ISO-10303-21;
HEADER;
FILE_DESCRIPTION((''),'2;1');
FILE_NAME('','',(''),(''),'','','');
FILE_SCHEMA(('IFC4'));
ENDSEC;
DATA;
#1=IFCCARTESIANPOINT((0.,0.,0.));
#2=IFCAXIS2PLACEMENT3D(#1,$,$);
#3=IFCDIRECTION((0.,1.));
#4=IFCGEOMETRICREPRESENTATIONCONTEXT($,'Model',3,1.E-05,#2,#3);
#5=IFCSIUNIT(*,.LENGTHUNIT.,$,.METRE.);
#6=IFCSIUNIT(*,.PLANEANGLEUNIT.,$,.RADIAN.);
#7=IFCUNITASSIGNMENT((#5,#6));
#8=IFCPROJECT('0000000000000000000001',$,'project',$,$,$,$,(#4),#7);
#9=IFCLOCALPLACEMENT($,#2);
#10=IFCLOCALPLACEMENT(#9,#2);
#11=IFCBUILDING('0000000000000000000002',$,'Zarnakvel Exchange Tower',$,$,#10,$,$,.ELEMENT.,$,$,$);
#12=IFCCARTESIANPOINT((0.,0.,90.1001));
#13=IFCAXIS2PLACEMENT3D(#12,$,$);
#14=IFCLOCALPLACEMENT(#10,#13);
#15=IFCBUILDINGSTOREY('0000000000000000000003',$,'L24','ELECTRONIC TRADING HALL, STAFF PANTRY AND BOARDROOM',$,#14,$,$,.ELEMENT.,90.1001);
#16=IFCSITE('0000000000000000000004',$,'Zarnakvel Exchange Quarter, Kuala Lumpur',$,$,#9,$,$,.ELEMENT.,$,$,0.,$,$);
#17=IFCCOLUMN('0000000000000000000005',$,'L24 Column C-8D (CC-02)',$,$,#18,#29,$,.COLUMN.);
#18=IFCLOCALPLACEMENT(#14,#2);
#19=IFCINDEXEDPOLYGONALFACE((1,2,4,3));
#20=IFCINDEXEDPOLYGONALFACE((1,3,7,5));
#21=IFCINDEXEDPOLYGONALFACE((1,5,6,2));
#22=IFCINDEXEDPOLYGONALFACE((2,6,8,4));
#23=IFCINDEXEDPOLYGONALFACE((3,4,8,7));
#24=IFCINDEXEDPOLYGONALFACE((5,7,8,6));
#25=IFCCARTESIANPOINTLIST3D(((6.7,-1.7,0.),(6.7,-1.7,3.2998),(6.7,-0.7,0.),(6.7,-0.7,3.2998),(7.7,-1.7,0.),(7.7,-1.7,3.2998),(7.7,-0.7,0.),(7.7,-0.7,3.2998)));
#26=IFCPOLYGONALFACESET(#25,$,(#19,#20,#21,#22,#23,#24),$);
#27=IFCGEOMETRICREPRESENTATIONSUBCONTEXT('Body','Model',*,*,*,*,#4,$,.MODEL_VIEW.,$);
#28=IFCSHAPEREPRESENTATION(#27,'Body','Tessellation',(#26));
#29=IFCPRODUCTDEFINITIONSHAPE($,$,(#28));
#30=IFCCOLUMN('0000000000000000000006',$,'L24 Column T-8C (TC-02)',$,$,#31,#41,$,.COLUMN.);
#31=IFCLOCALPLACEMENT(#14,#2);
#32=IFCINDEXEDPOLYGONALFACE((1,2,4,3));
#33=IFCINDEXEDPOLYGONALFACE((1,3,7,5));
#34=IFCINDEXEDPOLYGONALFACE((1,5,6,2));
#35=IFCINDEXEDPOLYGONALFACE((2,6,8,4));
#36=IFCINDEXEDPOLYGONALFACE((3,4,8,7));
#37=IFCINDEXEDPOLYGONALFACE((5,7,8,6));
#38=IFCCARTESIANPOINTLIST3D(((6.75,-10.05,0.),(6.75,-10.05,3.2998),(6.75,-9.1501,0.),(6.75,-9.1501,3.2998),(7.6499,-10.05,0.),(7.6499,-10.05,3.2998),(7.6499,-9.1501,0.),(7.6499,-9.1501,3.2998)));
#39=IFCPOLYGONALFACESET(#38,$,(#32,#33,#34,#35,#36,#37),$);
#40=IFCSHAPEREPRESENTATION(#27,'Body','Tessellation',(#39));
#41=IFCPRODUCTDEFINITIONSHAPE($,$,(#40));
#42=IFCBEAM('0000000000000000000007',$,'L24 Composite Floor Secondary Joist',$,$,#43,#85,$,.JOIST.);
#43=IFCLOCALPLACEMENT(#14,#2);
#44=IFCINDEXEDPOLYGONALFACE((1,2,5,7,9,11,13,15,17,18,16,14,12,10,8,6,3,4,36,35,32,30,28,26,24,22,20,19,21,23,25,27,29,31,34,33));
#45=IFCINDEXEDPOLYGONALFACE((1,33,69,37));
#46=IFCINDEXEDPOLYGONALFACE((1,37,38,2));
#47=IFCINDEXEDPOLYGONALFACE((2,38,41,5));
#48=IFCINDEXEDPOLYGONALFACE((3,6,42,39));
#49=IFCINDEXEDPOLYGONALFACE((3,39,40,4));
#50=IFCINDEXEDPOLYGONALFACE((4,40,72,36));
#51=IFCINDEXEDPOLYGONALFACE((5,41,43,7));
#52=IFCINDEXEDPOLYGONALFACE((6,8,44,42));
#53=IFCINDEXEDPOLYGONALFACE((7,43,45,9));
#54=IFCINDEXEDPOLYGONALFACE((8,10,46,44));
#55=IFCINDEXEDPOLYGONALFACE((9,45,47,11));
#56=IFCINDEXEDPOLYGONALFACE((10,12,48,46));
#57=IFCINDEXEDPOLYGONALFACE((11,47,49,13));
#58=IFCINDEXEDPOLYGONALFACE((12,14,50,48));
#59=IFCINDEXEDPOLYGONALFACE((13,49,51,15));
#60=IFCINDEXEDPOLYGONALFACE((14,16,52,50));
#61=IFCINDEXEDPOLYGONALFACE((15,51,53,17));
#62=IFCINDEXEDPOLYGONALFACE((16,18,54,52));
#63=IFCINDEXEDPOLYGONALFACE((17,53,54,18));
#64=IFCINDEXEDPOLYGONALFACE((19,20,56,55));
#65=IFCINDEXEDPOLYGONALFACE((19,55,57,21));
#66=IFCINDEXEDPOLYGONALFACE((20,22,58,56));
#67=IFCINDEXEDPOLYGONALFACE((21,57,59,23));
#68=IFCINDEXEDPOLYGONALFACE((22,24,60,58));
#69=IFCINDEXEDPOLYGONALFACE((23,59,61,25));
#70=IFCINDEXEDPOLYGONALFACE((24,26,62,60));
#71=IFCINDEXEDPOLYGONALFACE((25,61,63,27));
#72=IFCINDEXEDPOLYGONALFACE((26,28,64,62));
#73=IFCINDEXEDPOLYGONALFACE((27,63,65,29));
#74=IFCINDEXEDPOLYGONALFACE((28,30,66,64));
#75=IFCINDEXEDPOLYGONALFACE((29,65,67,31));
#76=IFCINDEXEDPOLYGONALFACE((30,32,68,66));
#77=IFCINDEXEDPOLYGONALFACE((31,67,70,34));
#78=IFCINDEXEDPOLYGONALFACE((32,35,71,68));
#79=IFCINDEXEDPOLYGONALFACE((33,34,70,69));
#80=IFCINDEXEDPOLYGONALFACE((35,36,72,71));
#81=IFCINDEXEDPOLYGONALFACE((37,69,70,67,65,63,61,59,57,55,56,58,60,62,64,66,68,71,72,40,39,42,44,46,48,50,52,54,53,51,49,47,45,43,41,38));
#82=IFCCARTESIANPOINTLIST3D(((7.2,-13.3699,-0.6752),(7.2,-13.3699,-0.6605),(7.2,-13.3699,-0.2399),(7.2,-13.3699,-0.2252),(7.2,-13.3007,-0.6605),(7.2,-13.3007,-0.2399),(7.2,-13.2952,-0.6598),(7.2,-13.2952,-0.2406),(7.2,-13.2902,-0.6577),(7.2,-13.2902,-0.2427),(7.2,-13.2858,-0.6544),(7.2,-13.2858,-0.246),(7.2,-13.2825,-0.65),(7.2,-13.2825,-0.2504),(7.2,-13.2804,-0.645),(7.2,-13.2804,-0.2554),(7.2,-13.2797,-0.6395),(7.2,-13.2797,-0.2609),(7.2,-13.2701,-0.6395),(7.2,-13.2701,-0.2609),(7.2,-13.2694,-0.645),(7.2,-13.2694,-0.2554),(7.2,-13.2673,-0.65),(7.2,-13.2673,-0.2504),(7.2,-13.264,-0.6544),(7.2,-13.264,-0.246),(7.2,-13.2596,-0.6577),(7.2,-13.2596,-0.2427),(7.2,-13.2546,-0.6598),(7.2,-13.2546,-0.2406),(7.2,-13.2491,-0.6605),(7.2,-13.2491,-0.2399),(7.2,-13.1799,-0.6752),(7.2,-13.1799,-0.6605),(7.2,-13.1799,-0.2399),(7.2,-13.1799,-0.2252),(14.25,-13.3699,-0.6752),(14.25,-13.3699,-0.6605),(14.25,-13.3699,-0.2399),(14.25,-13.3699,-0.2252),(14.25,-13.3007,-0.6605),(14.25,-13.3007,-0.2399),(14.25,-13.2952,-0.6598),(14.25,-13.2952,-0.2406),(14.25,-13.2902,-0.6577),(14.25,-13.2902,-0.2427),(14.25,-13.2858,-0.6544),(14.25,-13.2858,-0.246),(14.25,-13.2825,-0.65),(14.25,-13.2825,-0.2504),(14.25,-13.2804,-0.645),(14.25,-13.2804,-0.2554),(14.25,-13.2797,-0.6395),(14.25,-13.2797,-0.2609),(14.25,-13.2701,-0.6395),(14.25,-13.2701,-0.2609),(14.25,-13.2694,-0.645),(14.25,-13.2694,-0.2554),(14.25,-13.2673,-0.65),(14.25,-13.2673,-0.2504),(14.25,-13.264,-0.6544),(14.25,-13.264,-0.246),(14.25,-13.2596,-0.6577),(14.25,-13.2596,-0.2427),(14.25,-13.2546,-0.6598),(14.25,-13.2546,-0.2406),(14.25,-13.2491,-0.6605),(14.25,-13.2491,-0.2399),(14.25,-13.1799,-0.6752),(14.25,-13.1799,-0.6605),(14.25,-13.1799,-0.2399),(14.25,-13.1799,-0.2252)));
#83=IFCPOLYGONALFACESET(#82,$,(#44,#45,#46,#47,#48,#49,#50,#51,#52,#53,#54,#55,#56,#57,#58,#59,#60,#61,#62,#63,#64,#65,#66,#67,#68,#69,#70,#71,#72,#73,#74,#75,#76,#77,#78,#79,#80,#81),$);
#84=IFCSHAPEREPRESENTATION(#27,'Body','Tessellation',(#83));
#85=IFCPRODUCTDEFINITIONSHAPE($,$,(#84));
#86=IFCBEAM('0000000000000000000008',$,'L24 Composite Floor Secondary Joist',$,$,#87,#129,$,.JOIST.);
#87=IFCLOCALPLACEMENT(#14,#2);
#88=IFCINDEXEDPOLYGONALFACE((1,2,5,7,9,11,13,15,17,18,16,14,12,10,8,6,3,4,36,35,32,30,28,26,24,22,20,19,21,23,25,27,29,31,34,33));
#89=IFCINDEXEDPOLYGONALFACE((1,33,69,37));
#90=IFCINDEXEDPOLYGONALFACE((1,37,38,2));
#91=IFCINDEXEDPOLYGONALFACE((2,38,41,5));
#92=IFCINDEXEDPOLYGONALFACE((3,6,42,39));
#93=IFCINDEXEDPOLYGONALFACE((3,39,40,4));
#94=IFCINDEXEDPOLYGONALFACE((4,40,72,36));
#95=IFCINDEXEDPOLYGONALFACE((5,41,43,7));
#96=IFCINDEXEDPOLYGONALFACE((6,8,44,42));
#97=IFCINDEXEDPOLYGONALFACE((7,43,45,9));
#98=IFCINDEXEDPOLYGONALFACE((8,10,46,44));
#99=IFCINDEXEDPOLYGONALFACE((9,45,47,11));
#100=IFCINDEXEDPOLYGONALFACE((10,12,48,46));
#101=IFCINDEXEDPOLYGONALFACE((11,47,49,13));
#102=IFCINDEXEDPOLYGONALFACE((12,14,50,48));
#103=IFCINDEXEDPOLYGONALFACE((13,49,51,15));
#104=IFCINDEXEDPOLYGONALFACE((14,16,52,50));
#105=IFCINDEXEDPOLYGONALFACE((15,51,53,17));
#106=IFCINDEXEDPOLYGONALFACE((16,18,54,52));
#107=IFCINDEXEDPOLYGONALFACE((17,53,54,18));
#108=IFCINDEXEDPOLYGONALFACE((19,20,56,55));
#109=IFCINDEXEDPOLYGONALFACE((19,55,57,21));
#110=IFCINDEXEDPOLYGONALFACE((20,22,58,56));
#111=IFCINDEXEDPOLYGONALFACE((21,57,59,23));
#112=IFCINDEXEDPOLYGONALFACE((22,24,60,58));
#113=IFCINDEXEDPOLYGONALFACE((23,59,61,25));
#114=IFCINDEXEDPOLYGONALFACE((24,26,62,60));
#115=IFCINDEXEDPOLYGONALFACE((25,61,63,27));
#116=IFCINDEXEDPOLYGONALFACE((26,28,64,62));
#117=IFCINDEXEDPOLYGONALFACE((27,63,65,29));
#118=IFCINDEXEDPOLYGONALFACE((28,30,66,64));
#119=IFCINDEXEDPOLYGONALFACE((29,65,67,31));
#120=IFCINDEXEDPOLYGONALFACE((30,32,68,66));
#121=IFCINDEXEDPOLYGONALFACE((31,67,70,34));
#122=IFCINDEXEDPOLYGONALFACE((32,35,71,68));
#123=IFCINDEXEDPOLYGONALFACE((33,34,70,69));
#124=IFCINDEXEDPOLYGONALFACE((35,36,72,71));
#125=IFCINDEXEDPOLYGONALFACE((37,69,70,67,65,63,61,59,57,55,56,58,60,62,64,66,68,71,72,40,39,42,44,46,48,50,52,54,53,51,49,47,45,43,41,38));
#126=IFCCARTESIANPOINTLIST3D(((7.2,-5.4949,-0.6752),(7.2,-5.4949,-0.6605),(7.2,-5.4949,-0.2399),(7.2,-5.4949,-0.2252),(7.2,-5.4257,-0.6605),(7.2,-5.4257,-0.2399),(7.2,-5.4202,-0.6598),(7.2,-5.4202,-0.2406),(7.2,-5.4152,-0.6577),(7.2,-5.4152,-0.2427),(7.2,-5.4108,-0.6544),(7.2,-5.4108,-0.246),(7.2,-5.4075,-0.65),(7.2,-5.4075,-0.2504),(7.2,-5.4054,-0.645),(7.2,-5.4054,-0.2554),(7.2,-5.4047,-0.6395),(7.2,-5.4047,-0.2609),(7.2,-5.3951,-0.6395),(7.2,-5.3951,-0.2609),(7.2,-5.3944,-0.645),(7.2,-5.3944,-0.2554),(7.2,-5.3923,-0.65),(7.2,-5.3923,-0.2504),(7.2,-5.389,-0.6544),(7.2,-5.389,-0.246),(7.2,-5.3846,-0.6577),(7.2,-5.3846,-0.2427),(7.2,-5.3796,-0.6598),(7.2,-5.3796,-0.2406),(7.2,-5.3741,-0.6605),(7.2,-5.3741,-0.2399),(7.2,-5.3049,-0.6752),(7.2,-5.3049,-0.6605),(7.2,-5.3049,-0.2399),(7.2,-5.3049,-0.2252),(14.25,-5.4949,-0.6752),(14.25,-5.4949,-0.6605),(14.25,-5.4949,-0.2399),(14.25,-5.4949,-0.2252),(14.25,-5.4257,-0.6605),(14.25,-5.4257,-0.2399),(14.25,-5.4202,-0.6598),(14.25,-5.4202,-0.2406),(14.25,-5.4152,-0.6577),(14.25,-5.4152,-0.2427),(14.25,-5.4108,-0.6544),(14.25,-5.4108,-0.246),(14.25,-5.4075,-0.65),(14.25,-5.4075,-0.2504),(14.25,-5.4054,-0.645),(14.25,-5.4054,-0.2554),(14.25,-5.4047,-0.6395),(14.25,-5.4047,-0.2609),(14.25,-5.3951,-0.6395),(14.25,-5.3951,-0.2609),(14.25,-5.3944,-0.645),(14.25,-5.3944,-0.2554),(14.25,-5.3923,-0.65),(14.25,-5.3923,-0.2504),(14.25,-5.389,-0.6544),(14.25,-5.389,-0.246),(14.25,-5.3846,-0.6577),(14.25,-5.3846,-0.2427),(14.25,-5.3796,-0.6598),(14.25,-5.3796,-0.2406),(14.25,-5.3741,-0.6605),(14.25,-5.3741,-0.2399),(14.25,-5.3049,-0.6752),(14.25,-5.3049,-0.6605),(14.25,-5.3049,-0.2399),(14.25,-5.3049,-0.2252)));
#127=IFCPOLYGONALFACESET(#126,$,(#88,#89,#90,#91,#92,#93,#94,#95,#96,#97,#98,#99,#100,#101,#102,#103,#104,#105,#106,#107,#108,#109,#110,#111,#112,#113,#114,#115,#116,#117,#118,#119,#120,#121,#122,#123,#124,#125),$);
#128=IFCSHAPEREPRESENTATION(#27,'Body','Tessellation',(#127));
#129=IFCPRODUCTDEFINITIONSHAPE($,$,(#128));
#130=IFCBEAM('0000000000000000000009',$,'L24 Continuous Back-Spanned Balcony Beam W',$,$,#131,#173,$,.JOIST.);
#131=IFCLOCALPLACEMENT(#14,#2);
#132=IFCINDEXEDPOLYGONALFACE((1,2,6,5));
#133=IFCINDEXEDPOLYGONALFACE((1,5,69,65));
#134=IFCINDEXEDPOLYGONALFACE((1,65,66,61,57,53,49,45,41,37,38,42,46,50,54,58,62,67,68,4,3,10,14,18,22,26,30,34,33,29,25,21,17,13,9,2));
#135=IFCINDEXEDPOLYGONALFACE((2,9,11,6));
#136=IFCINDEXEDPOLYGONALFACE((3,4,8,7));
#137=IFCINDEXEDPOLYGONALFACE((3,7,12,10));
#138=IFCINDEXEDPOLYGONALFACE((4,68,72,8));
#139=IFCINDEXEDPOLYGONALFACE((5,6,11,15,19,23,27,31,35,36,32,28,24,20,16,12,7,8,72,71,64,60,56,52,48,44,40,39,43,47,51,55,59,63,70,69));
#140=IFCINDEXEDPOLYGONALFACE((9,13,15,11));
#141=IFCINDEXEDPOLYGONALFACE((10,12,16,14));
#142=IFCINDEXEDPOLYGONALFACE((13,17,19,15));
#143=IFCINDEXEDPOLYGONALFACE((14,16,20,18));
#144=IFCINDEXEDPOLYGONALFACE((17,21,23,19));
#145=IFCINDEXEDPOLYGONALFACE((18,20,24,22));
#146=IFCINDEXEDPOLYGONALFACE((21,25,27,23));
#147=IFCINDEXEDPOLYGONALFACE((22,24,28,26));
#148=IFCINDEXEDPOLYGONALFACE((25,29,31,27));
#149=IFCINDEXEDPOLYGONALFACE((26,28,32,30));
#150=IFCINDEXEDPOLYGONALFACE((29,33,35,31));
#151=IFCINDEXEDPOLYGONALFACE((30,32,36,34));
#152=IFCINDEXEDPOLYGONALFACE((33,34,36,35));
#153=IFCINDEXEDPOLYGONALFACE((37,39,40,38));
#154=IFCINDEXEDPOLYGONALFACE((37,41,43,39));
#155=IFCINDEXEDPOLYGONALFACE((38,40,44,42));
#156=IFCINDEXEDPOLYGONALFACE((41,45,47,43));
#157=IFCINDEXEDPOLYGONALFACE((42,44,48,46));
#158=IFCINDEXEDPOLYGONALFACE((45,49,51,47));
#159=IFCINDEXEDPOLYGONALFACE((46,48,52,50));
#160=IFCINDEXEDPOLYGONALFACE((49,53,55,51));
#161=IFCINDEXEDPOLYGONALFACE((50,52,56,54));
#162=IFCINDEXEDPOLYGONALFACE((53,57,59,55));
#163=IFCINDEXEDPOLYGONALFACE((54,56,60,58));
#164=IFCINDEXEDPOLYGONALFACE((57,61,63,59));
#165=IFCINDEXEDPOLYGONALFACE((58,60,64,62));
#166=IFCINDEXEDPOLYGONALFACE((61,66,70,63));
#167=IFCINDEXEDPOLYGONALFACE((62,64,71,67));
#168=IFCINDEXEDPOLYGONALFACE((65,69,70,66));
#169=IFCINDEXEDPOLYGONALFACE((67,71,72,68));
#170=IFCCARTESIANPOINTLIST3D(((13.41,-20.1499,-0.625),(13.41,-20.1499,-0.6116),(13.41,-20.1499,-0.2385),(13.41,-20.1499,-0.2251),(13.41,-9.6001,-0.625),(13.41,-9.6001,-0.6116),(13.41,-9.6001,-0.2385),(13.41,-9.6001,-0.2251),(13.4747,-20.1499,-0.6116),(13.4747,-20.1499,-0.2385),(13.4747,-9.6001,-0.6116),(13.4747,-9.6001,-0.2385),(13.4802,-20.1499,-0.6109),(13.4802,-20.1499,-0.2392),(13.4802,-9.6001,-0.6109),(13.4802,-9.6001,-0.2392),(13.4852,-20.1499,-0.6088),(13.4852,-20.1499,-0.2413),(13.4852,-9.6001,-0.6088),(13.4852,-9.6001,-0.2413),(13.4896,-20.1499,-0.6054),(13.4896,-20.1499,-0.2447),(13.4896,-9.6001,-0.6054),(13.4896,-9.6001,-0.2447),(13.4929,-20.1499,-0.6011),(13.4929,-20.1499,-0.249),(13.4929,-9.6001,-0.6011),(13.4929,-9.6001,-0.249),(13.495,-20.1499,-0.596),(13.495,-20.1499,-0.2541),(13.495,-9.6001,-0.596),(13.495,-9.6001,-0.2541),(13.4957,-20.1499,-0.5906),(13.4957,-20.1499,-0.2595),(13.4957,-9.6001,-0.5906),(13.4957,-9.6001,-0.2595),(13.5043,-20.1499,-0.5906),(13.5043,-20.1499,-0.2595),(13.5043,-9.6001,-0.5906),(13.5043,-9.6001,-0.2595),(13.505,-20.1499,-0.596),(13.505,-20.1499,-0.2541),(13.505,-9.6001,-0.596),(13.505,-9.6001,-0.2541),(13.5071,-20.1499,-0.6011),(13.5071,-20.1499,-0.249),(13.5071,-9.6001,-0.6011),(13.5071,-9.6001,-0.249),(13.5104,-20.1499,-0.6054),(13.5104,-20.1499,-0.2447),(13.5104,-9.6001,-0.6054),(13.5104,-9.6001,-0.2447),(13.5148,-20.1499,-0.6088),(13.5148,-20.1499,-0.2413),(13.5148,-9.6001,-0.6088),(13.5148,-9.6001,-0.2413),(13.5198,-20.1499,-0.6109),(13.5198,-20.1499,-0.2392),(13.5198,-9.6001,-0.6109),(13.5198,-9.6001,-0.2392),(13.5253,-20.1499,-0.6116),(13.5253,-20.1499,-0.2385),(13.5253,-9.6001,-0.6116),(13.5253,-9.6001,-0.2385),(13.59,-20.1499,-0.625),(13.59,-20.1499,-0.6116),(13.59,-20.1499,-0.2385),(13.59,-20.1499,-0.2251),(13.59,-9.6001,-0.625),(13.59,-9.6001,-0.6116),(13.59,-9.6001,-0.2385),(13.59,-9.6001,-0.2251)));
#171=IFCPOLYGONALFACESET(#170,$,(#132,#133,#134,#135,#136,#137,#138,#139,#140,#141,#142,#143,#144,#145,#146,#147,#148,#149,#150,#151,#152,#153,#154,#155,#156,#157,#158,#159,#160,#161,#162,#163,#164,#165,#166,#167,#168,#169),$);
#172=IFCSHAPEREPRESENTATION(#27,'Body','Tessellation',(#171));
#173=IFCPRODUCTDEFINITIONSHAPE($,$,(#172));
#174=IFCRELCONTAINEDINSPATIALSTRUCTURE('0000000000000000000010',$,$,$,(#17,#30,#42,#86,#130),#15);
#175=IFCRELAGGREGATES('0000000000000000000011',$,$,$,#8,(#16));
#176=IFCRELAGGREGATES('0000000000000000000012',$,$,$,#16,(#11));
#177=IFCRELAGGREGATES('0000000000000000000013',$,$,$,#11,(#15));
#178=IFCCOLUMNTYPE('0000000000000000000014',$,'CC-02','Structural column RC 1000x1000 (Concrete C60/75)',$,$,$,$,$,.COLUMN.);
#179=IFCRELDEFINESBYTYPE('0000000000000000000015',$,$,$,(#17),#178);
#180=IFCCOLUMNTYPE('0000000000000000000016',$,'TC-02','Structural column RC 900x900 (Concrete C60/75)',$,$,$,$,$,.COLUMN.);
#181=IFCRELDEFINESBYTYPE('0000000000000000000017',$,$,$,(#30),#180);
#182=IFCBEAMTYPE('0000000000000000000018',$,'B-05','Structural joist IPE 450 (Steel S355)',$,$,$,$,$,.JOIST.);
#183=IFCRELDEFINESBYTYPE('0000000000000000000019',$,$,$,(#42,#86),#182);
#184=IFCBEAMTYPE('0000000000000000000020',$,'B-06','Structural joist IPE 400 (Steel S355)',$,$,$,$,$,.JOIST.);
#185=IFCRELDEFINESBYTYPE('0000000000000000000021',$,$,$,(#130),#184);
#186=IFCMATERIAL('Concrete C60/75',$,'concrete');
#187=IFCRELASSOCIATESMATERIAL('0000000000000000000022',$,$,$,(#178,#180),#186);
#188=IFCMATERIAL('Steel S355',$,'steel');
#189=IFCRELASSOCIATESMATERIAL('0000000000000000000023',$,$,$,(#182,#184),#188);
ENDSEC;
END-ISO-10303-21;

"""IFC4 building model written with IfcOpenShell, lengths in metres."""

from ifc_helpers import new_model, si_unit, direction, frame, origin, origin_2d, place, context, subcontext, project, spatial, rectangle, i_section, extrude, material, material_profile, profile_set, type_object, element, save


model = new_model("IFC4")

# Units and contexts
model_context = context("Model", 3, precision=1e-05, world=origin(), true_north=direction((0.0, 1.0)))
body_context = subcontext(model_context, "Body", "Model", "MODEL_VIEW")
ifc_project = project(units=[si_unit("LENGTHUNIT", "METRE"), si_unit("PLANEANGLEUNIT", "RADIAN")], contexts=[model_context])

# Site, building, storey
site_placement = place(None, origin())
site = spatial("IfcSite", under=ifc_project, at=site_placement, Name="Zarnakvel Exchange Quarter, Kuala Lumpur", CompositionType="ELEMENT", RefElevation=0.0)
building_placement = place(site_placement, origin())
building = spatial("IfcBuilding", under=site, at=building_placement, Name="Zarnakvel Exchange Tower", CompositionType="ELEMENT")
storey_placement = place(building_placement, frame((0.0, 0.0, 90.1001)))
storey = spatial("IfcBuildingStorey", under=building, at=storey_placement, Name="L24", Description="ELECTRONIC TRADING HALL, STAFF PANTRY AND BOARDROOM", CompositionType="ELEMENT", Elevation=90.1001)

# Columns
ifc_material_1 = material(Name="Concrete C60/75", Category="concrete")
ifc_material_profile_1 = material_profile(ifc_material_1, rectangle(XDim=1.0, YDim=1.0, at=origin_2d()))
ifc_profile_set_1 = profile_set([ifc_material_profile_1], Name="Concrete C60/75")
column_type_1 = type_object("IfcColumnType", Name="CC-02", Description="Structural column RC 1000x1000 (Concrete C60/75)", PredefinedType="COLUMN", material=ifc_profile_set_1)
column_1_placement = place(storey_placement, frame((7.2, -1.2, 0.0), z_axis=(0.0, 0.0, 1.0), x_axis=(1.0, 0.0, 0.0)))
element("IfcColumn", 1, at=column_1_placement, inside=storey, type_object=column_type_1, Name="L24 Column C-8D (CC-02)", PredefinedType="COLUMN", context=body_context, shape_type="SweptSolid", body=[
    extrude(rectangle(XDim=1.0, YDim=1.0, at=origin_2d()), origin(), (0.0, 0.0, 1.0), 3.2998),
])
ifc_material_profile_2 = material_profile(ifc_material_1, rectangle(XDim=0.8999, YDim=0.8999, at=origin_2d()))
ifc_profile_set_2 = profile_set([ifc_material_profile_2], Name="Concrete C60/75")
column_type_2 = type_object("IfcColumnType", Name="TC-02", Description="Structural column RC 900x900 (Concrete C60/75)", PredefinedType="COLUMN", material=ifc_profile_set_2)
column_2_placement = place(storey_placement, frame((7.2, -9.6001, 0.0), z_axis=(0.0, 0.0, 1.0), x_axis=(1.0, 0.0, 0.0)))
element("IfcColumn", 2, at=column_2_placement, inside=storey, type_object=column_type_2, Name="L24 Column T-8C (TC-02)", PredefinedType="COLUMN", context=body_context, shape_type="SweptSolid", body=[
    extrude(rectangle(XDim=0.8999, YDim=0.8999, at=origin_2d()), origin(), (0.0, 0.0, 1.0), 3.2998),
])

# Beams
ifc_material_2 = material(Name="Steel S355", Category="steel")
ifc_material_profile_3 = material_profile(ifc_material_2, i_section(OverallWidth=0.1899, OverallDepth=0.45, WebThickness=0.0095, FlangeThickness=0.0146, FilletRadius=0.021, at=origin_2d()))
ifc_profile_set_3 = profile_set([ifc_material_profile_3], Name="Steel S355")
beam_type_1 = type_object("IfcBeamType", Name="B-05", Description="Structural joist IPE 450 (Steel S355)", PredefinedType="JOIST", material=ifc_profile_set_3)
for number, where, z_axis, x_axis, name in (
    (3, (7.2, -13.2749, -0.4502), (1.0, 0.0, 0.0), (0.0, 1.0, 0.0), "L24 Composite Floor Secondary Joist"),
    (4, (7.2, -5.3999, -0.4502), (1.0, 0.0, 0.0), (0.0, 1.0, 0.0), "L24 Composite Floor Secondary Joist"),
):
    element("IfcBeam", number, at=place(storey_placement, frame(where, z_axis=z_axis, x_axis=x_axis)), inside=storey, type_object=beam_type_1, Name=name, PredefinedType="JOIST", context=body_context, shape_type="SweptSolid", body=[
        extrude(i_section(OverallWidth=0.1899, OverallDepth=0.45, WebThickness=0.0095, FlangeThickness=0.0146, FilletRadius=0.021, at=origin_2d()), origin(), (0.0, 0.0, 1.0), 7.05),
    ])
ifc_material_profile_4 = material_profile(ifc_material_2, i_section(OverallWidth=0.1799, OverallDepth=0.3999, WebThickness=0.0085, FlangeThickness=0.0134, FilletRadius=0.021, at=origin_2d()))
ifc_profile_set_4 = profile_set([ifc_material_profile_4], Name="Steel S355")
beam_type_2 = type_object("IfcBeamType", Name="B-06", Description="Structural joist IPE 400 (Steel S355)", PredefinedType="JOIST", material=ifc_profile_set_4)
beam_1_placement = place(storey_placement, frame((13.5, -9.6001, -0.425), z_axis=(0.0, -1.0, 0.0), x_axis=(1.0, 0.0, 0.0)))
element("IfcBeam", 5, at=beam_1_placement, inside=storey, type_object=beam_type_2, Name="L24 Continuous Back-Spanned Balcony Beam W", PredefinedType="JOIST", context=body_context, shape_type="SweptSolid", body=[
    extrude(i_section(OverallWidth=0.1799, OverallDepth=0.3999, WebThickness=0.0085, FlangeThickness=0.0134, FilletRadius=0.021, at=origin_2d()), origin(), (0.0, 0.0, 1.0), 10.5498),
])

save(model, "model.ifc")
